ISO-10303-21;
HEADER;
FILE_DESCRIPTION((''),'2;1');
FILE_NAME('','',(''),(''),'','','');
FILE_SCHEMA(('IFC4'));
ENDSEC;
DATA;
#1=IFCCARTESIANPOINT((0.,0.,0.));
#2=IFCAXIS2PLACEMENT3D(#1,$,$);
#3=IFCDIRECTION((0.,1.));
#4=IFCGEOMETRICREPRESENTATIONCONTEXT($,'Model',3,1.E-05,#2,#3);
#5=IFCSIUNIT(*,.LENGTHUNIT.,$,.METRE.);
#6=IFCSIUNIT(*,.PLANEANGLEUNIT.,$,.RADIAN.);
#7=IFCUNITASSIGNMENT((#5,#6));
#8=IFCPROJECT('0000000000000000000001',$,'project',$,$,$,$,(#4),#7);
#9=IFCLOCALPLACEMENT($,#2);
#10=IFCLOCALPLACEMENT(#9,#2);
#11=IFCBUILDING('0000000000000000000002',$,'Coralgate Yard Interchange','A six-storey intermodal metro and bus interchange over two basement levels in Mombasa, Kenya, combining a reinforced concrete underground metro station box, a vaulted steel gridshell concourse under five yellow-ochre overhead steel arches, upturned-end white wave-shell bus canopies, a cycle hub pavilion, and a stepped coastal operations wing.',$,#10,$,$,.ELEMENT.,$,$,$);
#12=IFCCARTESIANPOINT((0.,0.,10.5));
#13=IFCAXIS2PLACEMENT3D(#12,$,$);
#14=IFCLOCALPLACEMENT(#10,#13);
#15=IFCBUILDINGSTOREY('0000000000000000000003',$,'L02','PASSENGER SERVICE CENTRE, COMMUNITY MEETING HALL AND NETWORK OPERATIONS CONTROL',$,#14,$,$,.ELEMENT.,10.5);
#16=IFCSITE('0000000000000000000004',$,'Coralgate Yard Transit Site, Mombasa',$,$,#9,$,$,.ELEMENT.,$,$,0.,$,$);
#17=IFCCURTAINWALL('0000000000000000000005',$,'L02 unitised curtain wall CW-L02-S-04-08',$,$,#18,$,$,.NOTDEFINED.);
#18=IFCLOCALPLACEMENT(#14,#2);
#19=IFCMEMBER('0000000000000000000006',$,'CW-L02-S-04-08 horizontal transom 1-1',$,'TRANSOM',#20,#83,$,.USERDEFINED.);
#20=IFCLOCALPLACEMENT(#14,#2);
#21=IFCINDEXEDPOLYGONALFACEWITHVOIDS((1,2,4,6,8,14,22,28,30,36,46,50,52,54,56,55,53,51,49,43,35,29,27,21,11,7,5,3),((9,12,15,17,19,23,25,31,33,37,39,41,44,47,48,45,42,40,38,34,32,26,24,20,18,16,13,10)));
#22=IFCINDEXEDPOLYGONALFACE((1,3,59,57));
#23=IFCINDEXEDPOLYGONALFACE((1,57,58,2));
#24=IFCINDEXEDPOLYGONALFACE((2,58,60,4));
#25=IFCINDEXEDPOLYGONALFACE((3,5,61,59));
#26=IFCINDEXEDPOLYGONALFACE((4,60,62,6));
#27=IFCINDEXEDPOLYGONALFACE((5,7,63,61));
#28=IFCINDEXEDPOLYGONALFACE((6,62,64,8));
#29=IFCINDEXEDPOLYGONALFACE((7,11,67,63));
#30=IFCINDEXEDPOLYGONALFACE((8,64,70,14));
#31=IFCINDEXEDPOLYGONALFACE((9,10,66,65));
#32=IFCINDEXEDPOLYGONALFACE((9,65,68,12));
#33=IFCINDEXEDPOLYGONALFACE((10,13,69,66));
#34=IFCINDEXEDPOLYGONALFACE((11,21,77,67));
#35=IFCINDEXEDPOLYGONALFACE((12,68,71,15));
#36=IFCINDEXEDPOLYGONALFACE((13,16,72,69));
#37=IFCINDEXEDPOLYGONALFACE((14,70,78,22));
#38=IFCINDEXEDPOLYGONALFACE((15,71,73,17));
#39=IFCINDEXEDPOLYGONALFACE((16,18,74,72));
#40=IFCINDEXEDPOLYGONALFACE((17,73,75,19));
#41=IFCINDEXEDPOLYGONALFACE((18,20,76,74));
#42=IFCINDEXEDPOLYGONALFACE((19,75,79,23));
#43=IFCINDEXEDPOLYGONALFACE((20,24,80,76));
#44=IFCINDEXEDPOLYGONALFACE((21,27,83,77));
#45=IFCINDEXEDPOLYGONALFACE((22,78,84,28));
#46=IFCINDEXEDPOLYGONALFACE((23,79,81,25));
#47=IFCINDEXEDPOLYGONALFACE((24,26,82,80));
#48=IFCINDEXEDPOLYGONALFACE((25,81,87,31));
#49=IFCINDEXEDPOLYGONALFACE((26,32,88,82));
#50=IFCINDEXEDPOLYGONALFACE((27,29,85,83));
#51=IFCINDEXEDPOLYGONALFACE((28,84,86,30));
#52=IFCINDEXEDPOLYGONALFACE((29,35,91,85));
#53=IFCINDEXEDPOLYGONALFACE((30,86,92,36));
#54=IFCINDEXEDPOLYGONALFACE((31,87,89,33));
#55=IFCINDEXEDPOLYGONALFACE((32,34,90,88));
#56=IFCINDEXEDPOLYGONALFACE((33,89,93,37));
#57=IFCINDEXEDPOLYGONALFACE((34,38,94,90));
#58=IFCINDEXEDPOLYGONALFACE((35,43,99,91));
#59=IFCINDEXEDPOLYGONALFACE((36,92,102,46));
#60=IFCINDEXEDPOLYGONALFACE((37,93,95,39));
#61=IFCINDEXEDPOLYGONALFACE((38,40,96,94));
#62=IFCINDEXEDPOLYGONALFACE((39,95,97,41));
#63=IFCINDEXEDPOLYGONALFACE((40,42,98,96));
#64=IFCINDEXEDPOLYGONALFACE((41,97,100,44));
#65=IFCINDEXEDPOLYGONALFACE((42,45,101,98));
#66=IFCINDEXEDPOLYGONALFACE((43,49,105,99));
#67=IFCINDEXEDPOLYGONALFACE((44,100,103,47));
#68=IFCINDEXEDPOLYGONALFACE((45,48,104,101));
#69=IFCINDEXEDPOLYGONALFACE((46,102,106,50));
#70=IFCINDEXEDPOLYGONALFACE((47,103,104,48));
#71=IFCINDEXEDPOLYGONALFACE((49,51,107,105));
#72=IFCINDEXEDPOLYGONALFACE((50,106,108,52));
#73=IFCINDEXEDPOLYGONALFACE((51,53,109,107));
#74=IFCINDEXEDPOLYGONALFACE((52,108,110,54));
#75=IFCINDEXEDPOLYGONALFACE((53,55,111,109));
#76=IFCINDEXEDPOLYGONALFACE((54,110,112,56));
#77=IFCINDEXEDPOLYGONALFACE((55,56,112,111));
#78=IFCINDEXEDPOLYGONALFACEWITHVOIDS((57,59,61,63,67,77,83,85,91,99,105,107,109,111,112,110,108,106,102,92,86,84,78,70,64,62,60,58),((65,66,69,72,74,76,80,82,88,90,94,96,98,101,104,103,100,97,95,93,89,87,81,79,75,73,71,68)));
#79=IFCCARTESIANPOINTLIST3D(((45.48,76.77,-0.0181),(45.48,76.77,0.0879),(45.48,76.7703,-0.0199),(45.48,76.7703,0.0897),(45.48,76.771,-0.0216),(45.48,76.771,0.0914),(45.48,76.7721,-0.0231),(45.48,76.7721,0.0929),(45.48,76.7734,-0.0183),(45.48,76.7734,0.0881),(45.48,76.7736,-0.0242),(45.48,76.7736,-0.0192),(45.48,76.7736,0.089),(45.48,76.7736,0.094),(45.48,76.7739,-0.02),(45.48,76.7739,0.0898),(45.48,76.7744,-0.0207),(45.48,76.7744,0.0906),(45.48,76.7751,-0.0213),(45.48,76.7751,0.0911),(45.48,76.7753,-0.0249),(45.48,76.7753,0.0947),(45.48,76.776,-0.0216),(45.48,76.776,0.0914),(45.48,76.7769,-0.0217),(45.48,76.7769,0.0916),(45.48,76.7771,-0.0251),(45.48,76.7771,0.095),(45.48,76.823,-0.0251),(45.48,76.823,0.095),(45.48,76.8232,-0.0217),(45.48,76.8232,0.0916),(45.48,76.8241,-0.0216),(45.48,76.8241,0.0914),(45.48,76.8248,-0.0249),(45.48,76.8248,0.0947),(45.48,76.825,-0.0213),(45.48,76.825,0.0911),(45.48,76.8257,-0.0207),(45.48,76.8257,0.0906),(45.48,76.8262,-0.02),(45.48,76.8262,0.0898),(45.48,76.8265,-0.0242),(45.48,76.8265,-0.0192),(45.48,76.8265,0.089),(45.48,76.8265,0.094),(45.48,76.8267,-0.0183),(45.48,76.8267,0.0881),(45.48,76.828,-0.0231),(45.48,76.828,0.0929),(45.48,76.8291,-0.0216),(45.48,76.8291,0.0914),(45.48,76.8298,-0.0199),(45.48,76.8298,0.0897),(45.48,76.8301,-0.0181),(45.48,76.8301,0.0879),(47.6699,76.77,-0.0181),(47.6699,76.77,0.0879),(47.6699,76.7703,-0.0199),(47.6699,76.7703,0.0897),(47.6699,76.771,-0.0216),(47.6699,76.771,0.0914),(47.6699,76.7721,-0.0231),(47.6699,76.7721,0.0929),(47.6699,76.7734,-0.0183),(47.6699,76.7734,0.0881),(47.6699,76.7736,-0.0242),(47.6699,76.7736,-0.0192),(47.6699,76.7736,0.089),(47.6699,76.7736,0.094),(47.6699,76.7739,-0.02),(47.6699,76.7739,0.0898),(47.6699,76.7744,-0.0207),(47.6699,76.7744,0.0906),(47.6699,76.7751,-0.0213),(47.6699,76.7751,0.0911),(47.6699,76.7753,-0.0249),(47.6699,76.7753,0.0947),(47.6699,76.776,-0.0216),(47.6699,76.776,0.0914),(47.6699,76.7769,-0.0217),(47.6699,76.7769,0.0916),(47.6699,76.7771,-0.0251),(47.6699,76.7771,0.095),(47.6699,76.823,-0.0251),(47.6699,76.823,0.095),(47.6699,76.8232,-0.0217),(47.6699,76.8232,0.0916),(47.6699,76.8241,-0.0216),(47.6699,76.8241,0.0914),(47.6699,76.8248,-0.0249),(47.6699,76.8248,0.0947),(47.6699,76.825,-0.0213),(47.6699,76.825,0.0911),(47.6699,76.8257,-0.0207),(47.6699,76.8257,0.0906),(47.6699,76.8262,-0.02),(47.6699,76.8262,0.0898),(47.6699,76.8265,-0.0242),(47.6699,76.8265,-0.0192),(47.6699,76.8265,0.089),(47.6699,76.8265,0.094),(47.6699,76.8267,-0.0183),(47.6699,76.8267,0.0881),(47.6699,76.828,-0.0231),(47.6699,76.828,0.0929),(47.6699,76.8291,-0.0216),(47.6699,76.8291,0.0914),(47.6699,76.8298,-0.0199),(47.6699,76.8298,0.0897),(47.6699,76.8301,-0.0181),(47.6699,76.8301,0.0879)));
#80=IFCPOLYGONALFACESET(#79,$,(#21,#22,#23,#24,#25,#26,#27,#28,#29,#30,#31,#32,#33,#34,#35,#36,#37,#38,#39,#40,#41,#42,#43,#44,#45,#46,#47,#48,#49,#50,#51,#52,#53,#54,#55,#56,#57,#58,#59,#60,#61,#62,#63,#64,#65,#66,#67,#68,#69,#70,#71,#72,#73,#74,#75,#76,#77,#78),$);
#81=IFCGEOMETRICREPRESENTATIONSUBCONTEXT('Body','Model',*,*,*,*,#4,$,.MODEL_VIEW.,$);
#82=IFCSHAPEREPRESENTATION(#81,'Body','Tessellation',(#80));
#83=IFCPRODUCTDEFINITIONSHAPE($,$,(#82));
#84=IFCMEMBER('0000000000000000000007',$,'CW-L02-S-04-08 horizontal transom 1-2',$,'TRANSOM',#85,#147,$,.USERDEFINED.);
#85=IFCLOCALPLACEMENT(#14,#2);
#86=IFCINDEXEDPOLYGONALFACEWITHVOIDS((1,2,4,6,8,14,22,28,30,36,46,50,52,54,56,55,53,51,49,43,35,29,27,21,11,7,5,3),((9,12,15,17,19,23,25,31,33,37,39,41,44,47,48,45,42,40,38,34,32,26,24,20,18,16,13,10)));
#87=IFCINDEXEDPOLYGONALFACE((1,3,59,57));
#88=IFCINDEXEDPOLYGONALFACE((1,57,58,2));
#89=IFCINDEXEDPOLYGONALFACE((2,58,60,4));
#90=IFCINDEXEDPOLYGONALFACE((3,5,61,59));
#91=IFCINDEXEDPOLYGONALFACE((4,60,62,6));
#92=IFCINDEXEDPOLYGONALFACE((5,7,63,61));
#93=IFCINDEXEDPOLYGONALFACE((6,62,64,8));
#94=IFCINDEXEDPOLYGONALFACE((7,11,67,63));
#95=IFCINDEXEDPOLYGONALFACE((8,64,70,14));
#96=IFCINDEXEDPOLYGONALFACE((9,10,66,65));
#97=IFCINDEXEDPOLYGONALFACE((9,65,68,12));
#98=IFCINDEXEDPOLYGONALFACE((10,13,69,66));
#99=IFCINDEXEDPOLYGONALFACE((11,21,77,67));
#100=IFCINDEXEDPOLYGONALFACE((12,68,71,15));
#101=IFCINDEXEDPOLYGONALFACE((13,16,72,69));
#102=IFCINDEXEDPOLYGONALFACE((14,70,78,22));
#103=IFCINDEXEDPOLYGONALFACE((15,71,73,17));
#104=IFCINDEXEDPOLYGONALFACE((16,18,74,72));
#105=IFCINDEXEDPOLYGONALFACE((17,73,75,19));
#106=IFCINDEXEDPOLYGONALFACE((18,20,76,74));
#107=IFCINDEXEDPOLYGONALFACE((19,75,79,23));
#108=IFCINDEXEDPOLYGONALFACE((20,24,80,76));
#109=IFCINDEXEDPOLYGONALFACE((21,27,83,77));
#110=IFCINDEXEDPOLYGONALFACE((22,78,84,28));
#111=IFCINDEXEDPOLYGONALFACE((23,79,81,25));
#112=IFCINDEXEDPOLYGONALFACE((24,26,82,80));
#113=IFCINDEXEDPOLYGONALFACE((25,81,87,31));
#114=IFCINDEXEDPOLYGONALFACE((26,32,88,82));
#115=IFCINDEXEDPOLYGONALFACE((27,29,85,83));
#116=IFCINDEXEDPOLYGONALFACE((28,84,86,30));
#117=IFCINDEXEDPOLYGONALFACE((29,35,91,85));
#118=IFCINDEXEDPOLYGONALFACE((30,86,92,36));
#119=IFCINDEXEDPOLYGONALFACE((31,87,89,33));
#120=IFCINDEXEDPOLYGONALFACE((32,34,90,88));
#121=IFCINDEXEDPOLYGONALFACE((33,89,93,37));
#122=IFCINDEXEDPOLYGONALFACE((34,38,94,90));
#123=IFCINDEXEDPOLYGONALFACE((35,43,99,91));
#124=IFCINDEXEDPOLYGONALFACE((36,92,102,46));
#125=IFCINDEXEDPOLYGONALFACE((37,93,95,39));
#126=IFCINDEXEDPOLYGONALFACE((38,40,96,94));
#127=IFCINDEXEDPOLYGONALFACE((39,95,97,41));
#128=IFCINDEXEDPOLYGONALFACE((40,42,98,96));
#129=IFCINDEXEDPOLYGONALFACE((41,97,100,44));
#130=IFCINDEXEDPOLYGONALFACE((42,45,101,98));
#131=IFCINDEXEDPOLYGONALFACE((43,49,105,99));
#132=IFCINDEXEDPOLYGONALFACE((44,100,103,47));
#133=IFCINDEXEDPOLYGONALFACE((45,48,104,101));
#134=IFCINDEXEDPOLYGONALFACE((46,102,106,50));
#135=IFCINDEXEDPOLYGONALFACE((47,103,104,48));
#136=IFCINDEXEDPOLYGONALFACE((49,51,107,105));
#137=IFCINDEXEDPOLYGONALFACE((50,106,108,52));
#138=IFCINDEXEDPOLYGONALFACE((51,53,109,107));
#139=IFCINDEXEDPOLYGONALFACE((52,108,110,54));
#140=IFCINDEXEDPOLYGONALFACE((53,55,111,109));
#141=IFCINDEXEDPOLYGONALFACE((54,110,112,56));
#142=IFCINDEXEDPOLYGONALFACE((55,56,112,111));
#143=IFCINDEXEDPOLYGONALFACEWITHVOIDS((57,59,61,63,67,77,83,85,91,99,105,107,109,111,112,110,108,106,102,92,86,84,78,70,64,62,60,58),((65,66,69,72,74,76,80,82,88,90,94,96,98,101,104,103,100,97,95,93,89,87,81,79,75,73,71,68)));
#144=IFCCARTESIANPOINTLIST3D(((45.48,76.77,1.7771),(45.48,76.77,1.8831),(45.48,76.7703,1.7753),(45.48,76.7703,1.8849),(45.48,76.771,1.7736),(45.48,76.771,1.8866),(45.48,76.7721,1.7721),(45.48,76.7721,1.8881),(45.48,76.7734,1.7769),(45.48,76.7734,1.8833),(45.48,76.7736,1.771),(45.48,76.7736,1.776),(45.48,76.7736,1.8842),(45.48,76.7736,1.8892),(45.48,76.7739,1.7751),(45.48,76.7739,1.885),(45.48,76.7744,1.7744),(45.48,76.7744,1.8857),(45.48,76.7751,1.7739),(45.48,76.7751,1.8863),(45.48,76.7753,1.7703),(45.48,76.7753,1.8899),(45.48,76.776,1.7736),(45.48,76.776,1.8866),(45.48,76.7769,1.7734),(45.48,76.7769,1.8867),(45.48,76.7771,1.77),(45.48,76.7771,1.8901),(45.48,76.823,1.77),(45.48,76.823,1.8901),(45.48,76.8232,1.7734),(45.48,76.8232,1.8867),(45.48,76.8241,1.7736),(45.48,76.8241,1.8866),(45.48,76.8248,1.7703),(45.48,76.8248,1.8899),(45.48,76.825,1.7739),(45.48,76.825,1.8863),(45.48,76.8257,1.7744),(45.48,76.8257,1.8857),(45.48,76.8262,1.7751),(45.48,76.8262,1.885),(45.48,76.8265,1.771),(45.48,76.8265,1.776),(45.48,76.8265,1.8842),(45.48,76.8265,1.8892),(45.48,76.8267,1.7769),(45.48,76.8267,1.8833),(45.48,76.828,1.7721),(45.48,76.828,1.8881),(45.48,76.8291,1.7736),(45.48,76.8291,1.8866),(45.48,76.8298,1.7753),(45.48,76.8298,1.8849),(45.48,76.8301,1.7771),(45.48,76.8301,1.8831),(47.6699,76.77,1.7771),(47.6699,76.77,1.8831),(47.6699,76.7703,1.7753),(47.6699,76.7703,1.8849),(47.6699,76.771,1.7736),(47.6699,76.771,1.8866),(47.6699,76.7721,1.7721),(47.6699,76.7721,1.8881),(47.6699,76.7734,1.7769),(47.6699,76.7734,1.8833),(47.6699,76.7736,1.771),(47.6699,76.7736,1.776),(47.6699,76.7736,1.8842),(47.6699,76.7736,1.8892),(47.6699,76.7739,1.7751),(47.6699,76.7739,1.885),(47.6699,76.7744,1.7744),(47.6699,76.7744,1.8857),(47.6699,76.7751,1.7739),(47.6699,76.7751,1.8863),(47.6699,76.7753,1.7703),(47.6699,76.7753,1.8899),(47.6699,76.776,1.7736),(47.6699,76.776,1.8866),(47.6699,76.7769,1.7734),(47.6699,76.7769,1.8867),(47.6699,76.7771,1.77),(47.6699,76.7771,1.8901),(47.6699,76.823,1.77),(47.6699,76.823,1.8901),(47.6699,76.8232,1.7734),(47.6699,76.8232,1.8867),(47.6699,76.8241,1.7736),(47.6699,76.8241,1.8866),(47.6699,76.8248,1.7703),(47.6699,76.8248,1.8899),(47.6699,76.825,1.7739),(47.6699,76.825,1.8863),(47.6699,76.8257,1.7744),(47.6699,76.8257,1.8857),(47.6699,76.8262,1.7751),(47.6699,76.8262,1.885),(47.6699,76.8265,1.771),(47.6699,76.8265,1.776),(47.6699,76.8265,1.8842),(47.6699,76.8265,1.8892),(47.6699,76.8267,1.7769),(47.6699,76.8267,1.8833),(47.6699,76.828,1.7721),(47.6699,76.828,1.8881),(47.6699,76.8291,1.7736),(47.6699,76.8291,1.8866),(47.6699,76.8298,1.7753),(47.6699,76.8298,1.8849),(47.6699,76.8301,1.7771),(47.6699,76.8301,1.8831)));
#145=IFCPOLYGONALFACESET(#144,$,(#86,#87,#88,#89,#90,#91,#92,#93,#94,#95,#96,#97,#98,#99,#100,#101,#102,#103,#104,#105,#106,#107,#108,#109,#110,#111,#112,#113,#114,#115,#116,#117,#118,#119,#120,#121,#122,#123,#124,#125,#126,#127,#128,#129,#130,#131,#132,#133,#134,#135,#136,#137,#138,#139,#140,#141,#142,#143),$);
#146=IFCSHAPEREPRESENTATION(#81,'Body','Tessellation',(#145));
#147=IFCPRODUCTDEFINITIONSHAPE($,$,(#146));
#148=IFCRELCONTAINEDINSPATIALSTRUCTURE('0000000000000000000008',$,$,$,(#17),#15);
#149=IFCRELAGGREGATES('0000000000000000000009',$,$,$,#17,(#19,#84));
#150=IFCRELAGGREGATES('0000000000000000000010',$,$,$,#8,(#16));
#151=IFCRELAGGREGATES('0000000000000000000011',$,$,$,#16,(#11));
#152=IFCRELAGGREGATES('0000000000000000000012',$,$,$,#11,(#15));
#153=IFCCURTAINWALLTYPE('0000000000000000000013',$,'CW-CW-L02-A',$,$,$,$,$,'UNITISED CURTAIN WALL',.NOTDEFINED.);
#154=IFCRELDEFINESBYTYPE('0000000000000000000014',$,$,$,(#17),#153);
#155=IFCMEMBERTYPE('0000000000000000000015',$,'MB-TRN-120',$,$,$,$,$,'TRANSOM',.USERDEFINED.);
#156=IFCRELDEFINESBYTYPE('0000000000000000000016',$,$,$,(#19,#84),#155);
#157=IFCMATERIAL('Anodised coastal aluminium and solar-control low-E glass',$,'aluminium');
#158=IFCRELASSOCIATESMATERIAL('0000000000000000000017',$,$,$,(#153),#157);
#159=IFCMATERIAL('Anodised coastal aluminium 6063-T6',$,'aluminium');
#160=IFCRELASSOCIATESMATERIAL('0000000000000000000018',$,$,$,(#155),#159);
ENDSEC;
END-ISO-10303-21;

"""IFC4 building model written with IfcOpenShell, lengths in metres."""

from ifc_helpers import new_model, si_unit, direction, frame, origin, origin_2d, place, context, subcontext, project, spatial, hollow_rectangle, extrude, material, material_profile, profile_set, type_object, element, aggregate, save


model = new_model("IFC4")

# Units and contexts
model_context = context("Model", 3, precision=1e-05, world=origin(), true_north=direction((0.0, 1.0)))
body_context = subcontext(model_context, "Body", "Model", "MODEL_VIEW")
ifc_project = project(units=[si_unit("LENGTHUNIT", "METRE"), si_unit("PLANEANGLEUNIT", "RADIAN")], contexts=[model_context])

# Site, building, storey
site_placement = place(None, origin())
site = spatial("IfcSite", under=ifc_project, at=site_placement, Name="Coralgate Yard Transit Site, Mombasa", CompositionType="ELEMENT", RefElevation=0.0)
building_placement = place(site_placement, origin())
building = spatial("IfcBuilding", under=site, at=building_placement, Name="Coralgate Yard Interchange", Description="A six-storey intermodal metro and bus interchange over two basement levels in Mombasa, Kenya, combining a reinforced concrete underground metro station box, a vaulted steel gridshell concourse under five yellow-ochre overhead steel arches, upturned-end white wave-shell bus canopies, a cycle hub pavilion, and a stepped coastal operations wing.", CompositionType="ELEMENT")
storey_placement = place(building_placement, frame((0.0, 0.0, 10.5)))
storey = spatial("IfcBuildingStorey", under=building, at=storey_placement, Name="L02", Description="PASSENGER SERVICE CENTRE, COMMUNITY MEETING HALL AND NETWORK OPERATIONS CONTROL", CompositionType="ELEMENT", Elevation=10.5)

# Curtain wall, members
ifc_material_1 = material(Name="Anodised coastal aluminium and solar-control low-E glass", Category="aluminium")
curtain_wall_type = type_object("IfcCurtainWallType", Name="CW-CW-L02-A", ElementType="UNITISED CURTAIN WALL", PredefinedType="NOTDEFINED", material=ifc_material_1)
curtain_wall_placement = place(storey_placement, origin())
curtain_wall = element("IfcCurtainWall", 1, at=curtain_wall_placement, inside=storey, type_object=curtain_wall_type, Name="L02 unitised curtain wall CW-L02-S-04-08", PredefinedType="NOTDEFINED")
ifc_material_2 = material(Name="Anodised coastal aluminium 6063-T6", Category="aluminium")
ifc_material_profile_1 = material_profile(ifc_material_2, hollow_rectangle(XDim=0.0601, YDim=0.1201, WallThickness=0.0034, InnerFilletRadius=0.0034, OuterFilletRadius=0.0071, at=origin_2d()), Name="ALU 60x120x3.5")
ifc_profile_set_1 = profile_set([ifc_material_profile_1], Name="Anodised coastal aluminium 6063-T6")
member_type_1 = type_object("IfcMemberType", Name="MB-TRN-120", ElementType="TRANSOM", PredefinedType="USERDEFINED", material=ifc_profile_set_1)
member_1_placement = place(storey_placement, frame((47.6699, 76.8, 0.0349), z_axis=(-1.0, 0.0, 0.0), x_axis=(0.0, -1.0, 0.0)))
member_1 = element("IfcMember", 2, at=member_1_placement, type_object=member_type_1, Name="CW-L02-S-04-08 horizontal transom 1-1", ObjectType="TRANSOM", PredefinedType="USERDEFINED", context=body_context, shape_type="SweptSolid", body=[
    extrude(hollow_rectangle(XDim=0.0601, YDim=0.1201, WallThickness=0.0034, InnerFilletRadius=0.0034, OuterFilletRadius=0.0071, at=origin_2d()), origin(), (0.0, 0.0, 1.0), 2.1899),
])
member_2_placement = place(storey_placement, frame((47.6699, 76.8, 1.8301), z_axis=(-1.0, 0.0, 0.0), x_axis=(0.0, -1.0, 0.0)))
member_2 = element("IfcMember", 3, at=member_2_placement, type_object=member_type_1, Name="CW-L02-S-04-08 horizontal transom 1-2", ObjectType="TRANSOM", PredefinedType="USERDEFINED", context=body_context, shape_type="SweptSolid", body=[
    extrude(hollow_rectangle(XDim=0.0601, YDim=0.1201, WallThickness=0.0034, InnerFilletRadius=0.0034, OuterFilletRadius=0.0071, at=origin_2d()), origin(), (0.0, 0.0, 1.0), 2.1899),
])
aggregate(curtain_wall, [member_1, member_2])

save(model, "model.ifc")
